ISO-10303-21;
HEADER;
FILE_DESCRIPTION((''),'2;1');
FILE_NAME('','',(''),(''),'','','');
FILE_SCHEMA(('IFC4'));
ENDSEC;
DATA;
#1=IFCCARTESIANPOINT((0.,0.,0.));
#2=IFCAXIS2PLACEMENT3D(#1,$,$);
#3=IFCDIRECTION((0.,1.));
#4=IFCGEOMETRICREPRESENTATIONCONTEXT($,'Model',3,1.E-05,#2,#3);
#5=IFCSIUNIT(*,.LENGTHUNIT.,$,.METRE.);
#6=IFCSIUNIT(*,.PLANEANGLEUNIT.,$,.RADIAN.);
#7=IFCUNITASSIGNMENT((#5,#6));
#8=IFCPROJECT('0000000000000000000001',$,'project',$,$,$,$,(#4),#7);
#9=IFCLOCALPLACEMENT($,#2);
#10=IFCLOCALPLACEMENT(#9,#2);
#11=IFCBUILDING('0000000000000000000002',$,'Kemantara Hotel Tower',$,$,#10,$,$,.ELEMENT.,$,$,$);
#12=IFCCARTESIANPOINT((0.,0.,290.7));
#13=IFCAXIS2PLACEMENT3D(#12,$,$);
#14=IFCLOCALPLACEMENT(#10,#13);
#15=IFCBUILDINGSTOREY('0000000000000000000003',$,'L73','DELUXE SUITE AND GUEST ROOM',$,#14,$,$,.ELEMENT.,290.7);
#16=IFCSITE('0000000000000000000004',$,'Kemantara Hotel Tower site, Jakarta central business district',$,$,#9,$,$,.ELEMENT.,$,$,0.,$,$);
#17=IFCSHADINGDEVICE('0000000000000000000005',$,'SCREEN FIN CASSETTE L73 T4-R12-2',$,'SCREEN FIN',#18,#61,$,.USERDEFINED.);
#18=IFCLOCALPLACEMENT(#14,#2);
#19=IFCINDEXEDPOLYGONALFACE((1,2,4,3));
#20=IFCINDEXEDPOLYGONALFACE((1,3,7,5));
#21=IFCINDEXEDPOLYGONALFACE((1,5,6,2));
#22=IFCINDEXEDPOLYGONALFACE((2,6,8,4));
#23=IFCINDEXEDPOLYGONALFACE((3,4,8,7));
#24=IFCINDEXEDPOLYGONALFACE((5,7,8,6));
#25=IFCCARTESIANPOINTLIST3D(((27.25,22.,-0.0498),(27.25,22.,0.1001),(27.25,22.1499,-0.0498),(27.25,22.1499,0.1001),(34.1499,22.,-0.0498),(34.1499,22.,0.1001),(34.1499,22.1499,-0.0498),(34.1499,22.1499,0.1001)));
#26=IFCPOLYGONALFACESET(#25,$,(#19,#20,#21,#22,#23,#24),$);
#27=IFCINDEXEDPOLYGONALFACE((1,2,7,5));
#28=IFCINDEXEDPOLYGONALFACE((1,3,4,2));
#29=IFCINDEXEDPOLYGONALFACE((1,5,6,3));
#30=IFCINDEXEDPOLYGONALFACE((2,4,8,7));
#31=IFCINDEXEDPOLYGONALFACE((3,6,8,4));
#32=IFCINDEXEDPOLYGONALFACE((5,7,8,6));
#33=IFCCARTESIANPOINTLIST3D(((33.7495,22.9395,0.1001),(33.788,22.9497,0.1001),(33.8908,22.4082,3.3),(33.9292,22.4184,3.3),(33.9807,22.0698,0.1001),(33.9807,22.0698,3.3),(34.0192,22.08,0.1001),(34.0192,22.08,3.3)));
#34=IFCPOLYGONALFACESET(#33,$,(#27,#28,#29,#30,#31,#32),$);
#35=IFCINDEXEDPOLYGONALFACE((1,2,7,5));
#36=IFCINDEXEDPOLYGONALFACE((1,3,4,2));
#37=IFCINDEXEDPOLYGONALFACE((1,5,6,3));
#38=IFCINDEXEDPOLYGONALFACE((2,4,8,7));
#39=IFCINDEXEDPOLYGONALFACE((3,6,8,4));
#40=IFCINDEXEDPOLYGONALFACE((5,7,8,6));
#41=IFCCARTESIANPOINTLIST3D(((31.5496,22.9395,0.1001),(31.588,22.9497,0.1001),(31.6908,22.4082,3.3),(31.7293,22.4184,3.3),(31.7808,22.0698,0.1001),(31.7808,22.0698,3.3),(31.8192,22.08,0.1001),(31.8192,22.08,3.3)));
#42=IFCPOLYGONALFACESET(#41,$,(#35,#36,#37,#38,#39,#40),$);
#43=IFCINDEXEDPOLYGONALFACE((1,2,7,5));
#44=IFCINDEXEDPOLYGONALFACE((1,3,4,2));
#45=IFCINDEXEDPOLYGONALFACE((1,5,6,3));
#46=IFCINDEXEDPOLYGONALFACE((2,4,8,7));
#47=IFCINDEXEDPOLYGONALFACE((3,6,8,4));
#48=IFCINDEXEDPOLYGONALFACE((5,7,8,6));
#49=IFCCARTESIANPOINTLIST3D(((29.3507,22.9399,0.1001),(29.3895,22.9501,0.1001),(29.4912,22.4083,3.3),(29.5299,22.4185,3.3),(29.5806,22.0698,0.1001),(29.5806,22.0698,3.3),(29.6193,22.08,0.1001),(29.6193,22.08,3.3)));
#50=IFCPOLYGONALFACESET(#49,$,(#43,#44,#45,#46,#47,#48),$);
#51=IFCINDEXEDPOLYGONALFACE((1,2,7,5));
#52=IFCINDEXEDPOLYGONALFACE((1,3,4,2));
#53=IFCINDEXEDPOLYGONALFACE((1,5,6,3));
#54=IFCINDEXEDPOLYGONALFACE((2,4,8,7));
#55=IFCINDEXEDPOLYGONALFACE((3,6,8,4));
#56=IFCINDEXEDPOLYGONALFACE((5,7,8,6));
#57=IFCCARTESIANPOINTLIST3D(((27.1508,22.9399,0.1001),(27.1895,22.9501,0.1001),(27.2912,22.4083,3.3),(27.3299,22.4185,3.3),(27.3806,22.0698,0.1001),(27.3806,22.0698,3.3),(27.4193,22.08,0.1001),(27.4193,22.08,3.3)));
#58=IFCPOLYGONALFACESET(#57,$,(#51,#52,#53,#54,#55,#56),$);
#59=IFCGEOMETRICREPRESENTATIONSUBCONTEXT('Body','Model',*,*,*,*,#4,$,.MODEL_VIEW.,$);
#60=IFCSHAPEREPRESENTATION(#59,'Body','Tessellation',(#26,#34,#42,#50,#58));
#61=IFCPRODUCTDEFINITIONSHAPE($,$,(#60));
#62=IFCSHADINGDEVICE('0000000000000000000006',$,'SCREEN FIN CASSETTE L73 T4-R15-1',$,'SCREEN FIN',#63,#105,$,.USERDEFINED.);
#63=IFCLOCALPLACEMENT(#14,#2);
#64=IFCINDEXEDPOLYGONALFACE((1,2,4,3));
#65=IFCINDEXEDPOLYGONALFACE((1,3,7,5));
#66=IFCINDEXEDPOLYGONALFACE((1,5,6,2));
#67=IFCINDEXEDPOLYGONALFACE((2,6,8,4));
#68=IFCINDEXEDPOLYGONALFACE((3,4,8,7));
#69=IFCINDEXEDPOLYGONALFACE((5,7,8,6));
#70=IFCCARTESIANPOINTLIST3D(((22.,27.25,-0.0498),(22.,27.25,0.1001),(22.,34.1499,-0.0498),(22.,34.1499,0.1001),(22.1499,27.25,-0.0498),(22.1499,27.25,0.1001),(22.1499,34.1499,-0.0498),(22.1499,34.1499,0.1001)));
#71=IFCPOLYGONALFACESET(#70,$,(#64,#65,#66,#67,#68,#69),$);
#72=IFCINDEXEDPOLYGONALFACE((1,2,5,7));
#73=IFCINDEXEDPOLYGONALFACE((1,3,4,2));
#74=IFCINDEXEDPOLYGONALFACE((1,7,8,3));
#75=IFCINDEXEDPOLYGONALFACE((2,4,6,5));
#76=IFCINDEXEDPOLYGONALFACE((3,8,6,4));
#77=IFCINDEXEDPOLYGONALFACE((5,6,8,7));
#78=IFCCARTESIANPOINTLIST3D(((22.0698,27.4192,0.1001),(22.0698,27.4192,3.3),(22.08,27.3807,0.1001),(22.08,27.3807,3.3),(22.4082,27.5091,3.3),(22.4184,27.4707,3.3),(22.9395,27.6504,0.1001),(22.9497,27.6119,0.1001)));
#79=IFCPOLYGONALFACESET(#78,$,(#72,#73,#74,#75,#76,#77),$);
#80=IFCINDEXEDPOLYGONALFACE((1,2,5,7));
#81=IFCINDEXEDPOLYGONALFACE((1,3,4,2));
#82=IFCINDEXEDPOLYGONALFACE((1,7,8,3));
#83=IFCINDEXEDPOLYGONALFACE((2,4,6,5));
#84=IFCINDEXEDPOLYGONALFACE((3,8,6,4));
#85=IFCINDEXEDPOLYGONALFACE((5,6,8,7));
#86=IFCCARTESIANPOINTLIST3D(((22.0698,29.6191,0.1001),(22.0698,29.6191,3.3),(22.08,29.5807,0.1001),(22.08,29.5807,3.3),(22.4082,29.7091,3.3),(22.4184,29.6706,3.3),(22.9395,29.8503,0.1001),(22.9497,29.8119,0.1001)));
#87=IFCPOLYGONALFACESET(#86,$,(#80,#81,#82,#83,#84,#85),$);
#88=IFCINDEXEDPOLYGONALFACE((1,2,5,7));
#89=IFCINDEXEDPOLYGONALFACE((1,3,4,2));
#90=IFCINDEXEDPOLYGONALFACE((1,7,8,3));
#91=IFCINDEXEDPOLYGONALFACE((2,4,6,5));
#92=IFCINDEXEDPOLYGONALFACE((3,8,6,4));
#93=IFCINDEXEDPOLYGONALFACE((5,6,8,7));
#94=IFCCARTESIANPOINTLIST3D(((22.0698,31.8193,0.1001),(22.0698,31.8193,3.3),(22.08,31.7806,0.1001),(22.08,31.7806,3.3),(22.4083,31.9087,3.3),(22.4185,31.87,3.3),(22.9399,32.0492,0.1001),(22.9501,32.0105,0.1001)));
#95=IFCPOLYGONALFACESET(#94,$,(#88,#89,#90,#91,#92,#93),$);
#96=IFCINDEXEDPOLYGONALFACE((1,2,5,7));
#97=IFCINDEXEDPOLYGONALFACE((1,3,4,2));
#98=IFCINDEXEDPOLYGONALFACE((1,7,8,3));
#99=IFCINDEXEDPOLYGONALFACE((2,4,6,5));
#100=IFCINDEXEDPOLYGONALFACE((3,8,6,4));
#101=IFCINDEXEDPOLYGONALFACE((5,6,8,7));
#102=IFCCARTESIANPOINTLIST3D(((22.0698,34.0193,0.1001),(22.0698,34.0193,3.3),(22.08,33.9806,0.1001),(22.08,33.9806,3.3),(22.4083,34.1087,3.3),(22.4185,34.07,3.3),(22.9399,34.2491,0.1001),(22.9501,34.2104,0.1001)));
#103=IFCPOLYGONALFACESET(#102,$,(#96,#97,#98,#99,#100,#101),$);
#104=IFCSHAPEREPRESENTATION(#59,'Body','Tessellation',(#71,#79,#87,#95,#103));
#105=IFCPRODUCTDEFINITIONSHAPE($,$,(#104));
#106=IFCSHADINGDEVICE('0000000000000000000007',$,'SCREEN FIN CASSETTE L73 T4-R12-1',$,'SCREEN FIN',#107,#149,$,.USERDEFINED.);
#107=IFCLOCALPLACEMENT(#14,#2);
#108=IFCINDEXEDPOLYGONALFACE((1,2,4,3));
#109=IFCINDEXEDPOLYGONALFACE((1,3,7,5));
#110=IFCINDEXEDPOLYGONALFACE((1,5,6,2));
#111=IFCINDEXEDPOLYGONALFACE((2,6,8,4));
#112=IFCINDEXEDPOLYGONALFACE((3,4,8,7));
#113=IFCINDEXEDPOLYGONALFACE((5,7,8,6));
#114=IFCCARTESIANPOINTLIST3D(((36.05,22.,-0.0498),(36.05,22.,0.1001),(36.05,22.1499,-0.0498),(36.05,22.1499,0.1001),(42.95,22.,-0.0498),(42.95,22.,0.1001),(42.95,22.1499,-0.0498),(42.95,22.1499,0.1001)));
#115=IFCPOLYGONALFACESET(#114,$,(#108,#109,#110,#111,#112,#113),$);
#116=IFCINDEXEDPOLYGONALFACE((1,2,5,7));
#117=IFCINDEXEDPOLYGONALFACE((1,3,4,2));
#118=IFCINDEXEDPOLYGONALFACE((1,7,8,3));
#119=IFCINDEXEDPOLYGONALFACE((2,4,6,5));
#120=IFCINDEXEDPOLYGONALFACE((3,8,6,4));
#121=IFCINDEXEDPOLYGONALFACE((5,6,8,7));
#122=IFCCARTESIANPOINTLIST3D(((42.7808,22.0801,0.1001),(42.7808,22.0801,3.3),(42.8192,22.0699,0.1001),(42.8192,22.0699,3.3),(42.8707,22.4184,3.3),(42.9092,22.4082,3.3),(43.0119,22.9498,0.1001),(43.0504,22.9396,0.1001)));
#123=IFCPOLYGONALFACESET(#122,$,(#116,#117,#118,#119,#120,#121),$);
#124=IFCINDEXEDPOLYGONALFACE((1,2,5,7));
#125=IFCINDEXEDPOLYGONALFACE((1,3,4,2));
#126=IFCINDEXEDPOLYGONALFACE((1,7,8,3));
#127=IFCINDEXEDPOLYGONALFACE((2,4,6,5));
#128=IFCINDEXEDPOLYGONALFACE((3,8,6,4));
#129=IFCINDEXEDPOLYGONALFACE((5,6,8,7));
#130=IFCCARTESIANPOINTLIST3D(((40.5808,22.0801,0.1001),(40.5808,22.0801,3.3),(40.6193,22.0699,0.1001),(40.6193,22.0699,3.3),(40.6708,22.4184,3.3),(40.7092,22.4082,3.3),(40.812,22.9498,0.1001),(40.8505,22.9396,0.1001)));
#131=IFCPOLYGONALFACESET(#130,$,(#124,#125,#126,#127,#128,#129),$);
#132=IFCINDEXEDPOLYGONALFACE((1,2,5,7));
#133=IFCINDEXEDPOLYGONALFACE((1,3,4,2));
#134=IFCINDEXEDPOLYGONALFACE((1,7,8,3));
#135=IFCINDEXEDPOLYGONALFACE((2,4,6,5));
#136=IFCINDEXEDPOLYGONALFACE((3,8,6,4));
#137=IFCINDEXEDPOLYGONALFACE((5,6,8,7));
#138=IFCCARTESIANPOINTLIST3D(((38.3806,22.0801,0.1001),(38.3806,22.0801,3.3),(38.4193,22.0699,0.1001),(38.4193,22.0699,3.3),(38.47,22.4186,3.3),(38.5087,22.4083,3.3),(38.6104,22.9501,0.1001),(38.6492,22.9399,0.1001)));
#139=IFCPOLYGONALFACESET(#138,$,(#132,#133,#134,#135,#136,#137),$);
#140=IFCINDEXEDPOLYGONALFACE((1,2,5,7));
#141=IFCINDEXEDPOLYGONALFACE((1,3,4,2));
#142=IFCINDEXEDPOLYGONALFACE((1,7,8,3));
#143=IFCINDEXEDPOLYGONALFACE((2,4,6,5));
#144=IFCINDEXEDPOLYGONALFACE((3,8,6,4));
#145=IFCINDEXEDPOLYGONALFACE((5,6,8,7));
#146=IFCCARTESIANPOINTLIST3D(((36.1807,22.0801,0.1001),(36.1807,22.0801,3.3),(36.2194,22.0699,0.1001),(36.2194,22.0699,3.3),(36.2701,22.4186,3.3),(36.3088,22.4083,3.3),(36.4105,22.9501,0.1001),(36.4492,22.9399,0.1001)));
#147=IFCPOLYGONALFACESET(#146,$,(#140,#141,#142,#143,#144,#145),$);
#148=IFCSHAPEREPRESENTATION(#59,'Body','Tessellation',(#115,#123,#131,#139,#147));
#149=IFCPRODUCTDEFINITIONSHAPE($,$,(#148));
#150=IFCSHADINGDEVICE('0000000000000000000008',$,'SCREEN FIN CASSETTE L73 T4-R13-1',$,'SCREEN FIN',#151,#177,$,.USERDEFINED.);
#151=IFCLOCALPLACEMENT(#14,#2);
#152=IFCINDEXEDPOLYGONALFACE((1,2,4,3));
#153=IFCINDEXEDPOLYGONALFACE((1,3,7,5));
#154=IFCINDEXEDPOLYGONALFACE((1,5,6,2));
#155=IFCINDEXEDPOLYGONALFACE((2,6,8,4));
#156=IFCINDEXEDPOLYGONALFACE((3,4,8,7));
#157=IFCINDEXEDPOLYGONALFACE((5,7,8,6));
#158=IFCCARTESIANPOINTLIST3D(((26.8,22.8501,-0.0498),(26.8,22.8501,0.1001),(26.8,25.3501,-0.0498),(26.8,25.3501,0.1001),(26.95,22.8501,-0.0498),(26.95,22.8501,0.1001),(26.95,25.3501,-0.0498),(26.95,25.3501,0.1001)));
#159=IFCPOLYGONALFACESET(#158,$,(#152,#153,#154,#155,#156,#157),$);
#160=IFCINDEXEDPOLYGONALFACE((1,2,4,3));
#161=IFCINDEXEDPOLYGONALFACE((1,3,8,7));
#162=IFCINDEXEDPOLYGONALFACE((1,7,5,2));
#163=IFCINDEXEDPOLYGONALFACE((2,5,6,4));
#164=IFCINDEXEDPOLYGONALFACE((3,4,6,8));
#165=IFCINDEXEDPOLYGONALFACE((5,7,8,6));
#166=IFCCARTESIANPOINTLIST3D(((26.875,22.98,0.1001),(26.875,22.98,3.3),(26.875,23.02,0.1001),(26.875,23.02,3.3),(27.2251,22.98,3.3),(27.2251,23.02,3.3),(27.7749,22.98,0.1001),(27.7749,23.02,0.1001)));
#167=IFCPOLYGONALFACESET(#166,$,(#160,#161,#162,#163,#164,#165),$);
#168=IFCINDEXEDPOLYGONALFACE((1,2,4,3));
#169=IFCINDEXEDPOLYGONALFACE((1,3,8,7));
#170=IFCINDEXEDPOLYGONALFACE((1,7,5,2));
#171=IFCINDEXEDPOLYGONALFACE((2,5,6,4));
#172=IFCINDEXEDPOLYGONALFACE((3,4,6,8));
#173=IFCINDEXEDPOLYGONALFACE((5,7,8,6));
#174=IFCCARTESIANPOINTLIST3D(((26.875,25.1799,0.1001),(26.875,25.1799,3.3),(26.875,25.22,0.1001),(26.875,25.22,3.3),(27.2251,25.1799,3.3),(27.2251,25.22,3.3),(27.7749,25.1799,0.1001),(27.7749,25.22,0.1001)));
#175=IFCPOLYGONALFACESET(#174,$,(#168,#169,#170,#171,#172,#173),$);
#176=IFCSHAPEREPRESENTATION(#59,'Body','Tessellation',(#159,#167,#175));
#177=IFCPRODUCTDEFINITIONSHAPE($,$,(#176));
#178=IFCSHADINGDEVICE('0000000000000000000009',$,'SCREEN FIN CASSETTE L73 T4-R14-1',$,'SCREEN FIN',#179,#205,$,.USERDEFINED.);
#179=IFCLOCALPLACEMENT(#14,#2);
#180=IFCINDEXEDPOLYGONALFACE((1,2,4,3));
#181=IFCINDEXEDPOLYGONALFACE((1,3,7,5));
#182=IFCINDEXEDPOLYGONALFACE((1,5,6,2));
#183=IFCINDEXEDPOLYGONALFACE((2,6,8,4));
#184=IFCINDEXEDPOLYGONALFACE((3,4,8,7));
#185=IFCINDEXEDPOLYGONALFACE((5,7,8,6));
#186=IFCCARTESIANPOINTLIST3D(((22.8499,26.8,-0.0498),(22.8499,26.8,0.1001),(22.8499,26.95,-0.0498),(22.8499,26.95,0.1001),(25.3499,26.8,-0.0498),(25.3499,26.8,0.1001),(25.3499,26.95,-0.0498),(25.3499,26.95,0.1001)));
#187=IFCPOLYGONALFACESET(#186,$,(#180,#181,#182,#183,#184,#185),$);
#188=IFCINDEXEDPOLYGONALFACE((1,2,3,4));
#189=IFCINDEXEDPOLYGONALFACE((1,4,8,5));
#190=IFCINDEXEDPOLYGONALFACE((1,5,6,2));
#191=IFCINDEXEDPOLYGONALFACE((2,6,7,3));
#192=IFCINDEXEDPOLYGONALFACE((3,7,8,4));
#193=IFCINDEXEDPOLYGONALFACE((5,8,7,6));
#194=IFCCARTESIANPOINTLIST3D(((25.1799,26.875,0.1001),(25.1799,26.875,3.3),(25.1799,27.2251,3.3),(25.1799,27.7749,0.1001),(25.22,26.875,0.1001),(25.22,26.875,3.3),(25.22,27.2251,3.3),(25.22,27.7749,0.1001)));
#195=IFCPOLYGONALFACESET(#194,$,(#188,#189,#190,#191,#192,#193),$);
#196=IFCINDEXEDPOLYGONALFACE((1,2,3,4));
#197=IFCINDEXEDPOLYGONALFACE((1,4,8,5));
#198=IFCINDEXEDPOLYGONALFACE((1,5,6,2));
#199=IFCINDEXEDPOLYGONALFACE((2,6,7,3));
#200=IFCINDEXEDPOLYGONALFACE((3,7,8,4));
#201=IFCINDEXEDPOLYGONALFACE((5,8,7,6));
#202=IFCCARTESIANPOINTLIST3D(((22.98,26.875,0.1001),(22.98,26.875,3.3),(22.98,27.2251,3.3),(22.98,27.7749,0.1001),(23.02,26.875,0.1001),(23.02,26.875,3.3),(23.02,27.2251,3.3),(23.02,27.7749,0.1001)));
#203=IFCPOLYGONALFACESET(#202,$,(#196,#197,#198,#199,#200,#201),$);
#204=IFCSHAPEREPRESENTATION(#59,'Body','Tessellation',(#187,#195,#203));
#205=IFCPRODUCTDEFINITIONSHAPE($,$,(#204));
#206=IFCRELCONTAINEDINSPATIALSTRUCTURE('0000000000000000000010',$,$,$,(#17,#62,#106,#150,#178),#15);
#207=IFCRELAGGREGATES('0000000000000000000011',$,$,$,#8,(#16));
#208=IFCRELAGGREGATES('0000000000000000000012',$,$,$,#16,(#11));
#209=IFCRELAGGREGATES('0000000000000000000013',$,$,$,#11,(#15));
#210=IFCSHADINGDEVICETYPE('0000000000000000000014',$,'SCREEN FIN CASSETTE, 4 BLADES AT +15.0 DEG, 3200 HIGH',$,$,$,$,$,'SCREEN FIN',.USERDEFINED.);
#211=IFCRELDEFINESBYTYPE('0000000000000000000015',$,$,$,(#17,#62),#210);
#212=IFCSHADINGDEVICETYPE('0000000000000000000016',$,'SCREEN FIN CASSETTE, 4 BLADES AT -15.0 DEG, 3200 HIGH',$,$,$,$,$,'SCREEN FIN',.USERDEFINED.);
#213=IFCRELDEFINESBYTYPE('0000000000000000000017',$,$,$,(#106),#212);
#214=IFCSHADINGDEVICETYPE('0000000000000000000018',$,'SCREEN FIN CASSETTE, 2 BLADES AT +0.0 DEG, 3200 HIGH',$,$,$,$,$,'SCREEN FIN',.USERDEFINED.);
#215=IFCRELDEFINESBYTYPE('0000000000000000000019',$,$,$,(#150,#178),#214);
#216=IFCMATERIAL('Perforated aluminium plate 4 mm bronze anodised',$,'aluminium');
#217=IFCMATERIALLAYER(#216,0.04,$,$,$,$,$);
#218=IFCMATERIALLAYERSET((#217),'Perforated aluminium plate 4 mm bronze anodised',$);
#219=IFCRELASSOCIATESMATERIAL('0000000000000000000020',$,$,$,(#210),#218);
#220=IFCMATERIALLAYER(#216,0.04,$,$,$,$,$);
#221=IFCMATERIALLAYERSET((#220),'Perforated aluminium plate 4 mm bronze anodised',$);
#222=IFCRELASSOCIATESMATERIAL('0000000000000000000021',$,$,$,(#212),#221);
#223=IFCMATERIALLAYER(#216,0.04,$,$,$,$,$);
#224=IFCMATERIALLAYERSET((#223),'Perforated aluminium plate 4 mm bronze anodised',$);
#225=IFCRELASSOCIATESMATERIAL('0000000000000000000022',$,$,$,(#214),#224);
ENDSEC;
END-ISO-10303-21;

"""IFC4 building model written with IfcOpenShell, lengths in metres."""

from ifc_helpers import new_model, si_unit, direction, frame, origin, origin_2d, place, context, subcontext, project, spatial, polyline, rectangle, outline, extrude, source, transform, mapped, material, layer, layer_set, type_object, element, save


model = new_model("IFC4")

# Units and contexts
model_context = context("Model", 3, precision=1e-05, world=origin(), true_north=direction((0.0, 1.0)))
body_context = subcontext(model_context, "Body", "Model", "MODEL_VIEW")
ifc_project = project(units=[si_unit("LENGTHUNIT", "METRE"), si_unit("PLANEANGLEUNIT", "RADIAN")], contexts=[model_context])

# Site, building, storey
site_placement = place(None, origin())
site = spatial("IfcSite", under=ifc_project, at=site_placement, Name="Kemantara Hotel Tower site, Jakarta central business district", CompositionType="ELEMENT", RefElevation=0.0)
building_placement = place(site_placement, origin())
building = spatial("IfcBuilding", under=site, at=building_placement, Name="Kemantara Hotel Tower", CompositionType="ELEMENT")
storey_placement = place(building_placement, frame((0.0, 0.0, 290.7)))
storey = spatial("IfcBuildingStorey", under=building, at=storey_placement, Name="L73", Description="DELUXE SUITE AND GUEST ROOM", CompositionType="ELEMENT", Elevation=290.7)

# Shading devices
ifc_material_1 = material(Name="Perforated aluminium plate 4 mm bronze anodised", Category="aluminium")
ifc_layer_1 = layer(ifc_material_1, 0.04)
ifc_layer_set_1 = layer_set([ifc_layer_1], Name="Perforated aluminium plate 4 mm bronze anodised")
shading_device_type_1 = type_object("IfcShadingDeviceType", Name="SCREEN FIN CASSETTE, 4 BLADES AT +15.0 DEG, 3200 HIGH", ElementType="SCREEN FIN", PredefinedType="USERDEFINED", material=ifc_layer_set_1)
shared_shape_1 = source(origin(), body_context, "Body", "SweptSolid", [
    extrude(rectangle(XDim=6.8999, YDim=0.1499, at=origin_2d()), frame((3.3, -0.075, -0.1499), z_axis=(0.0, 0.0, 1.0), x_axis=(1.0, 0.0, 0.0)), (0.0, 0.0, 1.0), 0.1499),
    extrude(outline(polyline([(0.0, 0.0), (0.8999, 0.0), (0.3501, 3.2), (0.0, 3.2), (0.0, 0.0)])), frame((0.0193, -0.0698, 0.0), z_axis=(-0.966438, -0.256901, 0.0), x_axis=(0.256901, -0.966438, 0.0)), (0.0, 0.0, 1.0), 0.0398),
    extrude(outline(polyline([(0.0, 0.0), (0.8999, 0.0), (0.3501, 3.2), (0.0, 3.2), (0.0, 0.0)])), frame((2.2192, -0.0698, 0.0), z_axis=(-0.966438, -0.256901, 0.0), x_axis=(0.256901, -0.966438, 0.0)), (0.0, 0.0, 1.0), 0.0398),
    extrude(outline(polyline([(0.0, 0.0), (0.8999, 0.0), (0.3501, 3.2), (0.0, 3.2), (0.0, 0.0)])), frame((4.4194, -0.0698, 0.0), z_axis=(-0.966838, -0.255391, 0.0), x_axis=(0.255391, -0.966838, 0.0)), (0.0, 0.0, 1.0), 0.04),
    extrude(outline(polyline([(0.0, 0.0), (0.8999, 0.0), (0.3501, 3.2), (0.0, 3.2), (0.0, 0.0)])), frame((6.6194, -0.0698, 0.0), z_axis=(-0.966838, -0.255391, 0.0), x_axis=(0.255391, -0.966838, 0.0)), (0.0, 0.0, 1.0), 0.04),
])
for number, where, z_axis, x_axis, name in (
    (1, (34.0, 22.0, 0.1001), (0.0, 0.0, 1.0), (-1.0, 0.0, 0.0), "SCREEN FIN CASSETTE L73 T4-R12-2"),
    (2, (22.0, 27.3999, 0.1001), (0.0, 0.0, 1.0), (0.0, 1.0, 0.0), "SCREEN FIN CASSETTE L73 T4-R15-1"),
):
    element("IfcShadingDevice", number, at=place(storey_placement, frame(where, z_axis=z_axis, x_axis=x_axis)), inside=storey, type_object=shading_device_type_1, Name=name, ObjectType="SCREEN FIN", PredefinedType="USERDEFINED", context=body_context, shape_type="MappedRepresentation", body=[
        mapped(shared_shape_1, transform((0.0, 0.0, 0.0))),
    ])
ifc_layer_2 = layer(ifc_material_1, 0.04)
ifc_layer_set_2 = layer_set([ifc_layer_2], Name="Perforated aluminium plate 4 mm bronze anodised")
shading_device_type_2 = type_object("IfcShadingDeviceType", Name="SCREEN FIN CASSETTE, 4 BLADES AT -15.0 DEG, 3200 HIGH", ElementType="SCREEN FIN", PredefinedType="USERDEFINED", material=ifc_layer_set_2)
shared_shape_2 = source(origin(), body_context, "Body", "SweptSolid", [
    extrude(rectangle(XDim=6.8999, YDim=0.1499, at=origin_2d()), frame((3.3, -0.075, -0.1499), z_axis=(0.0, 0.0, 1.0), x_axis=(1.0, 0.0, 0.0)), (0.0, 0.0, 1.0), 0.1499),
    extrude(outline(polyline([(0.0, 0.0), (0.8999, 0.0), (0.3501, 3.2), (0.0, 3.2), (0.0, 0.0)])), frame((0.0193, -0.0801, 0.0), z_axis=(-0.966438, 0.256901, 0.0), x_axis=(-0.256901, -0.966438, 0.0)), (0.0, 0.0, 1.0), 0.0398),
    extrude(outline(polyline([(0.0, 0.0), (0.8999, 0.0), (0.3501, 3.2), (0.0, 3.2), (0.0, 0.0)])), frame((2.2192, -0.0801, 0.0), z_axis=(-0.966438, 0.256901, 0.0), x_axis=(-0.256901, -0.966438, 0.0)), (0.0, 0.0, 1.0), 0.0398),
    extrude(outline(polyline([(0.0, 0.0), (0.8999, 0.0), (0.3501, 3.2), (0.0, 3.2), (0.0, 0.0)])), frame((4.4194, -0.0801, 0.0), z_axis=(-0.966838, 0.255391, 0.0), x_axis=(-0.255391, -0.966838, 0.0)), (0.0, 0.0, 1.0), 0.04),
    extrude(outline(polyline([(0.0, 0.0), (0.8999, 0.0), (0.3501, 3.2), (0.0, 3.2), (0.0, 0.0)])), frame((6.6194, -0.0801, 0.0), z_axis=(-0.966838, 0.255391, 0.0), x_axis=(-0.255391, -0.966838, 0.0)), (0.0, 0.0, 1.0), 0.04),
])
shading_device_1_placement = place(storey_placement, frame((42.8, 22.0, 0.1001), z_axis=(0.0, 0.0, 1.0), x_axis=(-1.0, 0.0, 0.0)))
element("IfcShadingDevice", 3, at=shading_device_1_placement, inside=storey, type_object=shading_device_type_2, Name="SCREEN FIN CASSETTE L73 T4-R12-1", ObjectType="SCREEN FIN", PredefinedType="USERDEFINED", context=body_context, shape_type="MappedRepresentation", body=[
    mapped(shared_shape_2, transform((0.0, 0.0, 0.0))),
])
ifc_layer_3 = layer(ifc_material_1, 0.04)
ifc_layer_set_3 = layer_set([ifc_layer_3], Name="Perforated aluminium plate 4 mm bronze anodised")
shading_device_type_3 = type_object("IfcShadingDeviceType", Name="SCREEN FIN CASSETTE, 2 BLADES AT +0.0 DEG, 3200 HIGH", ElementType="SCREEN FIN", PredefinedType="USERDEFINED", material=ifc_layer_set_3)
shared_shape_3 = source(origin(), body_context, "Body", "SweptSolid", [
    extrude(rectangle(XDim=2.5, YDim=0.1499, at=origin_2d()), frame((1.1001, -0.075, -0.1499), z_axis=(0.0, 0.0, 1.0), x_axis=(1.0, 0.0, 0.0)), (0.0, 0.0, 1.0), 0.1499),
    extrude(outline(polyline([(0.0, 0.0), (0.8999, 0.0), (0.3501, 3.2), (0.0, 3.2), (0.0, 0.0)])), frame((0.02, -0.075, 0.0), z_axis=(-1.0, 0.0, 0.0), x_axis=(0.0, -1.0, 0.0)), (0.0, 0.0, 1.0), 0.04),
    extrude(outline(polyline([(0.0, 0.0), (0.8999, 0.0), (0.3501, 3.2), (0.0, 3.2), (0.0, 0.0)])), frame((2.22, -0.075, 0.0), z_axis=(-1.0, 0.0, 0.0), x_axis=(0.0, -1.0, 0.0)), (0.0, 0.0, 1.0), 0.04),
])
for number, where, z_axis, x_axis, name in (
    (4, (26.8, 23.0, 0.1001), (0.0, 0.0, 1.0), (0.0, 1.0, 0.0), "SCREEN FIN CASSETTE L73 T4-R13-1"),
    (5, (25.2, 26.8, 0.1001), (0.0, 0.0, 1.0), (-1.0, 0.0, 0.0), "SCREEN FIN CASSETTE L73 T4-R14-1"),
):
    element("IfcShadingDevice", number, at=place(storey_placement, frame(where, z_axis=z_axis, x_axis=x_axis)), inside=storey, type_object=shading_device_type_3, Name=name, ObjectType="SCREEN FIN", PredefinedType="USERDEFINED", context=body_context, shape_type="MappedRepresentation", body=[
        mapped(shared_shape_3, transform((0.0, 0.0, 0.0))),
    ])

save(model, "model.ifc")
